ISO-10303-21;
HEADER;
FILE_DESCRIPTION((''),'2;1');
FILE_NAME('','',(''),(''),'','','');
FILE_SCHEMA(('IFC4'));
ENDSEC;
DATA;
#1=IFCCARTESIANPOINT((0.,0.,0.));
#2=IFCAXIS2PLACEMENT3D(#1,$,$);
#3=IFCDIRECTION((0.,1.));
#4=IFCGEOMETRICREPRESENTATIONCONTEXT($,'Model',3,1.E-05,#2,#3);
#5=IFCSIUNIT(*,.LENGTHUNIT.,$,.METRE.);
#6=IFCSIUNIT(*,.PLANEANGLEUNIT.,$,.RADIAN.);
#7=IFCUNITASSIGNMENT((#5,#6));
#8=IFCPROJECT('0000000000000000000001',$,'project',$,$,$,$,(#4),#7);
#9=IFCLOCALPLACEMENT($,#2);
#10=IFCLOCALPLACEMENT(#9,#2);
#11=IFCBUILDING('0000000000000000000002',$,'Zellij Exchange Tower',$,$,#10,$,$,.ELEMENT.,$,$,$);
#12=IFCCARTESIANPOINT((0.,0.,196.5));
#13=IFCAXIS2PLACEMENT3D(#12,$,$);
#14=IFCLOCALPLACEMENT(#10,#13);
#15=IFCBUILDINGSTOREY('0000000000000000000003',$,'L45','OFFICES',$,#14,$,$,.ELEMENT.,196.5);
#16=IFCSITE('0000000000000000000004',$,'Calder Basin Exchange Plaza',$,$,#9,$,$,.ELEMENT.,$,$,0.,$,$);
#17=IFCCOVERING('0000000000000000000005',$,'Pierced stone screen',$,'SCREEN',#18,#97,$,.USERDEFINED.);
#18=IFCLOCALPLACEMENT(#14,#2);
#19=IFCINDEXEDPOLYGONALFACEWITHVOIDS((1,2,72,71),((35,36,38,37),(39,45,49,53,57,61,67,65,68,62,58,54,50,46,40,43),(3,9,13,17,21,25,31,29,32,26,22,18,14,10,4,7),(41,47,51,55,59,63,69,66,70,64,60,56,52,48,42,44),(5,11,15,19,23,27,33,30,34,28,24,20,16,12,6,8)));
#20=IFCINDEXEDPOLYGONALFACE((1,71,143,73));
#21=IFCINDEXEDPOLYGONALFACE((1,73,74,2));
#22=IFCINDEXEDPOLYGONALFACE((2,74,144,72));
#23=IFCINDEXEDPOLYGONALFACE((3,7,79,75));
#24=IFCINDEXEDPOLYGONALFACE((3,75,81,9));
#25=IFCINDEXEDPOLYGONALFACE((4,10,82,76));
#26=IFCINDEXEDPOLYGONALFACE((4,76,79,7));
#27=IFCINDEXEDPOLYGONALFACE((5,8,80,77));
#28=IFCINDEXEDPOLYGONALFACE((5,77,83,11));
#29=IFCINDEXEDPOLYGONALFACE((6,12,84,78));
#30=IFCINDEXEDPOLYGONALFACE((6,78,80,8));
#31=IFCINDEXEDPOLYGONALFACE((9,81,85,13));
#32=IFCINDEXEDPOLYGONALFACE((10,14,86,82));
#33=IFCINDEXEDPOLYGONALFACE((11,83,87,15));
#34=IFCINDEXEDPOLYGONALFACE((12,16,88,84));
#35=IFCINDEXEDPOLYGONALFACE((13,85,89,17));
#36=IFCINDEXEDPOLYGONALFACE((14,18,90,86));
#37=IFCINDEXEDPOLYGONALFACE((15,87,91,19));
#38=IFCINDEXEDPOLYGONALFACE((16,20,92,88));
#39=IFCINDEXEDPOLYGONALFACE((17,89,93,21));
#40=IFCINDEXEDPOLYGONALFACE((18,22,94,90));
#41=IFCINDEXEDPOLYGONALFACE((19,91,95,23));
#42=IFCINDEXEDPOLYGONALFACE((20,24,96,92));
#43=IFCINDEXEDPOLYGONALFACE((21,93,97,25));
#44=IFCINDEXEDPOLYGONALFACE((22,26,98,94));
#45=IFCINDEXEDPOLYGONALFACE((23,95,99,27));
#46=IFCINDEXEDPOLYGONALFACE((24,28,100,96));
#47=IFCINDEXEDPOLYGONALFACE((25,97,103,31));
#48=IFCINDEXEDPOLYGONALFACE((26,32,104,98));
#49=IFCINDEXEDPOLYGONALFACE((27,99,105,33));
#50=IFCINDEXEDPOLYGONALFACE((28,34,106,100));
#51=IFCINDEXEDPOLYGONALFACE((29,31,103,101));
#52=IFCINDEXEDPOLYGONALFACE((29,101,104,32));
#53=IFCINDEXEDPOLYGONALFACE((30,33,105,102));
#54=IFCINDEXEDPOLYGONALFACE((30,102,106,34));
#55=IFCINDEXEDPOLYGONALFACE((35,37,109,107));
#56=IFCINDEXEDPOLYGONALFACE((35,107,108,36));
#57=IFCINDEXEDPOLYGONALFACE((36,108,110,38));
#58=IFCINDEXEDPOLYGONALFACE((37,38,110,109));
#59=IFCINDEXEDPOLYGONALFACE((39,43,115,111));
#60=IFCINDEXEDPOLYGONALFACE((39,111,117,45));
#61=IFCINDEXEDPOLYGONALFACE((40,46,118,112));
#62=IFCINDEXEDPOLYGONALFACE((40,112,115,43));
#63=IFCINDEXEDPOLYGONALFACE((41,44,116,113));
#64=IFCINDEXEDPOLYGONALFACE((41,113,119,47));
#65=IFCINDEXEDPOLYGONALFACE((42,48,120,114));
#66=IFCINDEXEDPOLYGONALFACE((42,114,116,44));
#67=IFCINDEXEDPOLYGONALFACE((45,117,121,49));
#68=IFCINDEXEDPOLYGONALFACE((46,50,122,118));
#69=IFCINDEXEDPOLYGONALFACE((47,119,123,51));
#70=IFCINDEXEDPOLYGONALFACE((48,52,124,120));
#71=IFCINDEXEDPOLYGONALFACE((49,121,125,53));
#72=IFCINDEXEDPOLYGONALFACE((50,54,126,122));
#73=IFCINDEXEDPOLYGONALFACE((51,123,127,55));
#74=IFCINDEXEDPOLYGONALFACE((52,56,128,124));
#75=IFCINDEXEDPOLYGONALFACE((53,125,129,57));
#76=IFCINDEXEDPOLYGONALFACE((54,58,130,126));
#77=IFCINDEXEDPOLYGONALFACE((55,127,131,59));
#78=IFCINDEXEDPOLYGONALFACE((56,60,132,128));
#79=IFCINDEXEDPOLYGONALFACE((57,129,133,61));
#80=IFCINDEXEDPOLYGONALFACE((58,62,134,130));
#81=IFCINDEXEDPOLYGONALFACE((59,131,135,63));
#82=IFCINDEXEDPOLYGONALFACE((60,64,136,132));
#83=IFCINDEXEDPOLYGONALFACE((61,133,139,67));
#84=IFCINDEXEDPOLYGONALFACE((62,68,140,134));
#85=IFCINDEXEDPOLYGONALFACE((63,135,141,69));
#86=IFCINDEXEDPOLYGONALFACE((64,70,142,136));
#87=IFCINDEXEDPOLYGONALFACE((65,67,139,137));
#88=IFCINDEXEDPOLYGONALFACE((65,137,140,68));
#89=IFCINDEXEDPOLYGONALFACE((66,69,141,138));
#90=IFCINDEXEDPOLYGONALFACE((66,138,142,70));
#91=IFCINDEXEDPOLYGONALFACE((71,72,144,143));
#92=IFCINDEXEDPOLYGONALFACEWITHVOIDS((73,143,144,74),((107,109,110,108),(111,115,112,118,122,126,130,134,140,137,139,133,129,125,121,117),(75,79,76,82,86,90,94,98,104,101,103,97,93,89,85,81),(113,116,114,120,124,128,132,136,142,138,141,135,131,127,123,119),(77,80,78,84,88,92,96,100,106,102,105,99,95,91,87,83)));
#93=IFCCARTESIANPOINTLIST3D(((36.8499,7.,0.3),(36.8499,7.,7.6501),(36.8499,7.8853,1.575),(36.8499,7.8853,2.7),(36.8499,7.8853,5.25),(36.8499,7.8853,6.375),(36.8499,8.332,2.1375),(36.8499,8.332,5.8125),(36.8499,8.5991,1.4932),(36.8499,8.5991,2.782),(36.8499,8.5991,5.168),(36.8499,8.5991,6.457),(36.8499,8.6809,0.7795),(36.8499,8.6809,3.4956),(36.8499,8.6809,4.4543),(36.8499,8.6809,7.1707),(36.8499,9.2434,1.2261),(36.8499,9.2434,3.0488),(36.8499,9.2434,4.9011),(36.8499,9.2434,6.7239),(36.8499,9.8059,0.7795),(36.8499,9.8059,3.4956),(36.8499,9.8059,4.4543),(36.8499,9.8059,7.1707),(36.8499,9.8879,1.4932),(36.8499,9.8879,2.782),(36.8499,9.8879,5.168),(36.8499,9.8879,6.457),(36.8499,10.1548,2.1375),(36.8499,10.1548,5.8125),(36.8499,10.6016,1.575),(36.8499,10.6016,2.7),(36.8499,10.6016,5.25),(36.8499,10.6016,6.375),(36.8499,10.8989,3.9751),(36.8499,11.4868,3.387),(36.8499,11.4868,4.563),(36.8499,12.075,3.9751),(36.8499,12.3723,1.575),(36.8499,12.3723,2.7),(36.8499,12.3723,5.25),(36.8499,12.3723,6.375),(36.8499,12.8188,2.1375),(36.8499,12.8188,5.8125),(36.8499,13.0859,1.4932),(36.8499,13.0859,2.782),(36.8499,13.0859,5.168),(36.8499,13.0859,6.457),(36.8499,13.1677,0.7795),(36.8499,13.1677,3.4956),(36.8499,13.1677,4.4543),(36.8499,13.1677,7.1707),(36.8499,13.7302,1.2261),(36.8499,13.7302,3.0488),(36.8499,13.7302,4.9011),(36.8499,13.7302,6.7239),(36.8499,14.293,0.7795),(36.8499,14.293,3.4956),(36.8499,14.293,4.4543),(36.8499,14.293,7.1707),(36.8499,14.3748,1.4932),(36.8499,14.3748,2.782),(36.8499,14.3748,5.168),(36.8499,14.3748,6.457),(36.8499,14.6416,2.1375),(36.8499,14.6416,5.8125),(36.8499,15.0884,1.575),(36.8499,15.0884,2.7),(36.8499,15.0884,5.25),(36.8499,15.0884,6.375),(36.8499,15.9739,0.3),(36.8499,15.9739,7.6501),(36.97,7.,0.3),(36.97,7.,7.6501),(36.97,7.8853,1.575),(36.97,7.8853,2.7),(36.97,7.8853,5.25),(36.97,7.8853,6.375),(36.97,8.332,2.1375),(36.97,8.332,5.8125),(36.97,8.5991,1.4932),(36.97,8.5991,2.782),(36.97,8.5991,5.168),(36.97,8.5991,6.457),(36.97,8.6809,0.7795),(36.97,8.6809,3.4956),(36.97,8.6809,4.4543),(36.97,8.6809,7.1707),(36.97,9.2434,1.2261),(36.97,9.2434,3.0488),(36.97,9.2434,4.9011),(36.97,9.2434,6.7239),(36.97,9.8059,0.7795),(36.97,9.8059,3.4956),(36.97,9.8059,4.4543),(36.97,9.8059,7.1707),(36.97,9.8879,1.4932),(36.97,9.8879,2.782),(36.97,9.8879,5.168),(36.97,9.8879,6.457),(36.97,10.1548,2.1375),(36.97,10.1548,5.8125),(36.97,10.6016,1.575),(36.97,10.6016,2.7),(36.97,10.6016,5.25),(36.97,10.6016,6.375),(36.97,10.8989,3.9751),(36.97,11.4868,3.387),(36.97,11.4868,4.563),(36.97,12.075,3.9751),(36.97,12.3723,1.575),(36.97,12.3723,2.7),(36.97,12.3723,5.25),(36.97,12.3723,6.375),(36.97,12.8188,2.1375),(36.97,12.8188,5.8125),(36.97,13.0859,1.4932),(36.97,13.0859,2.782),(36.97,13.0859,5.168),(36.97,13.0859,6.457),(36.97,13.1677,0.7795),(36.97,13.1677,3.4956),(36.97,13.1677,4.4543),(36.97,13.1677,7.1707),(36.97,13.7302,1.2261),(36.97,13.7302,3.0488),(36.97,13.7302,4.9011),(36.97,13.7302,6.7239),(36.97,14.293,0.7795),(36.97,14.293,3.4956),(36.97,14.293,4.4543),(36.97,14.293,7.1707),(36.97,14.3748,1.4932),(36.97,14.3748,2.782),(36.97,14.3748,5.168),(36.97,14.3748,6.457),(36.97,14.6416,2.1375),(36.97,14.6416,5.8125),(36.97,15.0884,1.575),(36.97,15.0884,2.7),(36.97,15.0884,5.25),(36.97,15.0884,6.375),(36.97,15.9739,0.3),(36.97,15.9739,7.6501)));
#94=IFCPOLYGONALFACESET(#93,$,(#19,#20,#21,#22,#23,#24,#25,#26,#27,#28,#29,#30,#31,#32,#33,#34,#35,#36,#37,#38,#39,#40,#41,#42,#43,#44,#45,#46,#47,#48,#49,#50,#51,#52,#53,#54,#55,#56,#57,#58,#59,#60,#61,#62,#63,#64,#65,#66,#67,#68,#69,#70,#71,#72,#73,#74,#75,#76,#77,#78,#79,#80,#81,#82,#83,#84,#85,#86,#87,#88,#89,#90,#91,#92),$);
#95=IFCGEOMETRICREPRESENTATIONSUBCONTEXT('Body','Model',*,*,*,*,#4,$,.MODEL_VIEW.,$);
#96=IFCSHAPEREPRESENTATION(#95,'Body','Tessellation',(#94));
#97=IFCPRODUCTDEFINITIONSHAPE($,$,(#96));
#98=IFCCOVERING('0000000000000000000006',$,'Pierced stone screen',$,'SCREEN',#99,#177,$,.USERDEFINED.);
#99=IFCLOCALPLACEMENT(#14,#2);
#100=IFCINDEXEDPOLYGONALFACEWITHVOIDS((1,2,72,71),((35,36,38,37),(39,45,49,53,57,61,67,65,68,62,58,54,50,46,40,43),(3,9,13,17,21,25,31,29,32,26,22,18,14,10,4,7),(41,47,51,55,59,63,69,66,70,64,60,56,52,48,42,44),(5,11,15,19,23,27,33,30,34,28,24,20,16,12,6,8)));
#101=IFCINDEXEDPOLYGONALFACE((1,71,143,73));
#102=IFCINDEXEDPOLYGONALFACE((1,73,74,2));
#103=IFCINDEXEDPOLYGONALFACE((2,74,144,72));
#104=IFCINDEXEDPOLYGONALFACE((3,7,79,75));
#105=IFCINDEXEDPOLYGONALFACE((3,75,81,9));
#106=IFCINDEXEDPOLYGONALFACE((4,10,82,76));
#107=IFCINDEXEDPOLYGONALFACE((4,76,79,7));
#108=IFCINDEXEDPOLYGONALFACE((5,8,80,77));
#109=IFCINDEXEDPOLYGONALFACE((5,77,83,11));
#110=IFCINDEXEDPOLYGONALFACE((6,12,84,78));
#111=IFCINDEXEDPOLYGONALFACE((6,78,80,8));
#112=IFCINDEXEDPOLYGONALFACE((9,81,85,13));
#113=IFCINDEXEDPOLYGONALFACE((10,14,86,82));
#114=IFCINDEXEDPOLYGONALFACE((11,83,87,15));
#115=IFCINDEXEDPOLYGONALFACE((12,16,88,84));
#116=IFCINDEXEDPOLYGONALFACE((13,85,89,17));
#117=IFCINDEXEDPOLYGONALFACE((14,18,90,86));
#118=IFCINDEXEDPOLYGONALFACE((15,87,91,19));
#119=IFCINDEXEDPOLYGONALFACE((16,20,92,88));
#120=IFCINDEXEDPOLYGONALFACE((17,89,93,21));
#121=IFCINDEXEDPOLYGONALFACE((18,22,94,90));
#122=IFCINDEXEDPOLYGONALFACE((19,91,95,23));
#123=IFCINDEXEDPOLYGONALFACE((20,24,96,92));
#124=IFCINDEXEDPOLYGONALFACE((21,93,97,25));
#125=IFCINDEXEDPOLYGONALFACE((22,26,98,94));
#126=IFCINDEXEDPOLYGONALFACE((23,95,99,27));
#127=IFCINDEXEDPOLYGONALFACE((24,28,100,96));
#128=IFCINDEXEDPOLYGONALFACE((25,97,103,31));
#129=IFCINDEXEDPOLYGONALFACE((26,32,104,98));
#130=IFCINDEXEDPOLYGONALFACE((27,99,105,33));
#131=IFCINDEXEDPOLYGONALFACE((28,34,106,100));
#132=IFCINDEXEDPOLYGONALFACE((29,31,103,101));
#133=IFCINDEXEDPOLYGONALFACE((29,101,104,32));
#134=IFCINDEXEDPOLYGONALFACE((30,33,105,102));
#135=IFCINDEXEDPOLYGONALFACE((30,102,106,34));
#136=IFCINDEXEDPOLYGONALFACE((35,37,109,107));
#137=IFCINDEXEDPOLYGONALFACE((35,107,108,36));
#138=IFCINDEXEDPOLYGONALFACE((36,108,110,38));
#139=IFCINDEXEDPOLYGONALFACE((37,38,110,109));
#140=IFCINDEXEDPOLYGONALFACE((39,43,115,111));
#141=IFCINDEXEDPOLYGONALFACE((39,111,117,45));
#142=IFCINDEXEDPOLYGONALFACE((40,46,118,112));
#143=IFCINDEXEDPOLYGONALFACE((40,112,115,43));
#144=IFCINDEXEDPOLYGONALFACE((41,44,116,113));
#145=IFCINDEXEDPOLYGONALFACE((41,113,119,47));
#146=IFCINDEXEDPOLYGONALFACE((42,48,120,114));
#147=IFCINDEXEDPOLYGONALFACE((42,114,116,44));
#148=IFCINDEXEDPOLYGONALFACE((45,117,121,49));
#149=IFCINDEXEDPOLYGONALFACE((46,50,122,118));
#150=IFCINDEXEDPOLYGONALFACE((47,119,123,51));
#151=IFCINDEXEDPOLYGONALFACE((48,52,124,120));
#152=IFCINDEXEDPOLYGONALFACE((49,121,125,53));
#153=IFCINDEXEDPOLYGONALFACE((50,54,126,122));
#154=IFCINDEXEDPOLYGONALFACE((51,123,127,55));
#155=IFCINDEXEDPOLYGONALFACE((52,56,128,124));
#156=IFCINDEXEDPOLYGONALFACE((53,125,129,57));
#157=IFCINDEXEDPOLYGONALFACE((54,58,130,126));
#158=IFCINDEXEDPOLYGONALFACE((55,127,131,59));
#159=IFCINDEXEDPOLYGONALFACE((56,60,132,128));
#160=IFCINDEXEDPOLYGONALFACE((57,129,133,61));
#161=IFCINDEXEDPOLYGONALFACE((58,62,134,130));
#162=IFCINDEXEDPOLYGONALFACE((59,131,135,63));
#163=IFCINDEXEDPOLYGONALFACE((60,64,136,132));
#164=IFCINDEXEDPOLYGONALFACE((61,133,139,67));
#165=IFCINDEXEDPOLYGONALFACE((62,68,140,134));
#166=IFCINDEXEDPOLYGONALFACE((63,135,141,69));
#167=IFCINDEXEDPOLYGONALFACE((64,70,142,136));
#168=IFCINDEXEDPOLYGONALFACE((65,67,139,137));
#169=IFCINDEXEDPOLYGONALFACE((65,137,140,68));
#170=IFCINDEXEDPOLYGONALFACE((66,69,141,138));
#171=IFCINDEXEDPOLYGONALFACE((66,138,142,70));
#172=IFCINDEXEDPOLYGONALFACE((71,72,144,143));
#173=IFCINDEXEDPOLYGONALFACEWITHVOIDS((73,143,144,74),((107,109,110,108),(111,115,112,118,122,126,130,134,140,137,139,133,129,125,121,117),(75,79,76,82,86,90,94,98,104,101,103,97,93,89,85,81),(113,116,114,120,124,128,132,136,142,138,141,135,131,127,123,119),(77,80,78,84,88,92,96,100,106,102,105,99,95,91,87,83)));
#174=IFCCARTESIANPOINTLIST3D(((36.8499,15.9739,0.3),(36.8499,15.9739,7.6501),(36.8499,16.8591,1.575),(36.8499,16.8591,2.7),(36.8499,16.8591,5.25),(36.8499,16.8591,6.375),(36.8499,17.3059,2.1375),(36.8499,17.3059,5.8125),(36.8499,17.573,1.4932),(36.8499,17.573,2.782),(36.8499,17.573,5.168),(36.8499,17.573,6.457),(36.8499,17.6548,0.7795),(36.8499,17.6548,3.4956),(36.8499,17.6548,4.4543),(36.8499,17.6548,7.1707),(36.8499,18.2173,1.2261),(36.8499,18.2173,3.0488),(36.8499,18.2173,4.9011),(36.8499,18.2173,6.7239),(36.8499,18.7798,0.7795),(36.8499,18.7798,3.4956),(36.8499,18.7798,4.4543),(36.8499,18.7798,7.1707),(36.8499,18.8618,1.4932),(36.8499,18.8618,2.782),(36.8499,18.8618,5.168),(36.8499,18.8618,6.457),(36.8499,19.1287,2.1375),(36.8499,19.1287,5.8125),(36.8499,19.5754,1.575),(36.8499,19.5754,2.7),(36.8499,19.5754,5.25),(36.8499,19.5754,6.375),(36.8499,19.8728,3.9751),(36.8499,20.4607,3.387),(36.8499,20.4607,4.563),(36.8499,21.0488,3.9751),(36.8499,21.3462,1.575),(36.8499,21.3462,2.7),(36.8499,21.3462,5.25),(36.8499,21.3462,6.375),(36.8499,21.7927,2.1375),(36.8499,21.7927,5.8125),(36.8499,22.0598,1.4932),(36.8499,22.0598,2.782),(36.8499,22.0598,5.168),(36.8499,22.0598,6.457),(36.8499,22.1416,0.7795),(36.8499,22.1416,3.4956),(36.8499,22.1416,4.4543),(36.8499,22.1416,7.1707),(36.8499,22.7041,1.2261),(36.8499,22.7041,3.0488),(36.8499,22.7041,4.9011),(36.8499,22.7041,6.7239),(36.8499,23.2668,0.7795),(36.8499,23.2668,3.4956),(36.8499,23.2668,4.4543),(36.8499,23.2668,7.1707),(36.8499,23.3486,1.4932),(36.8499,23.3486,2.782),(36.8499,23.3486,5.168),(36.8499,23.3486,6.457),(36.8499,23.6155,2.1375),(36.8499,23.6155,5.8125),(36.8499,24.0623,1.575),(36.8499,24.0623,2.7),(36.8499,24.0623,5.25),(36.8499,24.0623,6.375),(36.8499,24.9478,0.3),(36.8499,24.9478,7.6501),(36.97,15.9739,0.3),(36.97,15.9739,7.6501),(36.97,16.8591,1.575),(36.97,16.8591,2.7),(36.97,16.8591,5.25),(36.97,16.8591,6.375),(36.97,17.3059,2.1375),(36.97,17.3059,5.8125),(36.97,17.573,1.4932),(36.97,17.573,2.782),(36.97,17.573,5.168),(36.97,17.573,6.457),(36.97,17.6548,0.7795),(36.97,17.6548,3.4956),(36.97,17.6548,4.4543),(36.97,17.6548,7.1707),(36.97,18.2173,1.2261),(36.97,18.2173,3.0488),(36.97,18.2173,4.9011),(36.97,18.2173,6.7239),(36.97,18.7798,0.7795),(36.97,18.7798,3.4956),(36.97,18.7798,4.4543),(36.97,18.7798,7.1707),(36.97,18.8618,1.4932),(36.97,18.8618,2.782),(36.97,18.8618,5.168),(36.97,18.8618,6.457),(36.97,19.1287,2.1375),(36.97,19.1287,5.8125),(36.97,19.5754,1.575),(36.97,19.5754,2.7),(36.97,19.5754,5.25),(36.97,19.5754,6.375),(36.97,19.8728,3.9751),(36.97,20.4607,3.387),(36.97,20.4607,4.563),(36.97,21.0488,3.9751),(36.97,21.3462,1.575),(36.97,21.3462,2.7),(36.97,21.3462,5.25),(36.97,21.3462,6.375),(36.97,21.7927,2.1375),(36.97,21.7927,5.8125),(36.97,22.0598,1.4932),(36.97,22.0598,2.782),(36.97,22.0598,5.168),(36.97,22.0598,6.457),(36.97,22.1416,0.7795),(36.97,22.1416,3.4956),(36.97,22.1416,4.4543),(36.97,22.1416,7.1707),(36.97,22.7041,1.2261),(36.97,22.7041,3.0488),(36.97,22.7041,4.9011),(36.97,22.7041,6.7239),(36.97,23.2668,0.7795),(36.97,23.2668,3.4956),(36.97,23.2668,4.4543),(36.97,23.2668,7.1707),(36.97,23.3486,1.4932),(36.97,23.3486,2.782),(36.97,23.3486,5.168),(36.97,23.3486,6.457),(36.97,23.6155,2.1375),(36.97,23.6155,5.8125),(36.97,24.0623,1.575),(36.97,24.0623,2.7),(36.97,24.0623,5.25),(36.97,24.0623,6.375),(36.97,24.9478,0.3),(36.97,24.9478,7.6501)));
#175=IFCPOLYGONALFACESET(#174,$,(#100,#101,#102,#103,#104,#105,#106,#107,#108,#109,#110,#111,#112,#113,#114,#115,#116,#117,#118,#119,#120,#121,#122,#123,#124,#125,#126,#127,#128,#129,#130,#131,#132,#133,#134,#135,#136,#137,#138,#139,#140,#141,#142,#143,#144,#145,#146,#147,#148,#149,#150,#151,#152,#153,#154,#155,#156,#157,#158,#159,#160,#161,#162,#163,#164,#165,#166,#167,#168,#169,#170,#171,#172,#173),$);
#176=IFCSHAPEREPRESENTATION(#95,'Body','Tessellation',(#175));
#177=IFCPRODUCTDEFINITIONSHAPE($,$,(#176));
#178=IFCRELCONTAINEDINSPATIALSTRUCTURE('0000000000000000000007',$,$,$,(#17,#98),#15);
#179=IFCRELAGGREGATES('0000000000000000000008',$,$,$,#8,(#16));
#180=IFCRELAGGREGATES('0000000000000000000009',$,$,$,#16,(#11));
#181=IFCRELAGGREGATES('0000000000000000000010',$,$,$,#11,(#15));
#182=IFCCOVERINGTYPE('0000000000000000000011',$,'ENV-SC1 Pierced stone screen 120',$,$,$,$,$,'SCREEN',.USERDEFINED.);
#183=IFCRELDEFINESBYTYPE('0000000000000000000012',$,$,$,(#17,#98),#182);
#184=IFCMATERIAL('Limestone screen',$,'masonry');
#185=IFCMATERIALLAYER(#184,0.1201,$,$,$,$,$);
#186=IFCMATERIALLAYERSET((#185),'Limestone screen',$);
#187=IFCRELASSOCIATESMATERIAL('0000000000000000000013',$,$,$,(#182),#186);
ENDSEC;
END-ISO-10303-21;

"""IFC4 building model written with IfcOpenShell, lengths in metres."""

from ifc_helpers import new_model, si_unit, direction, frame, origin, place, context, subcontext, project, spatial, polyline, outline, extrude, material, layer, layer_set, type_object, element, save


model = new_model("IFC4")

# Units and contexts
model_context = context("Model", 3, precision=1e-05, world=origin(), true_north=direction((0.0, 1.0)))
body_context = subcontext(model_context, "Body", "Model", "MODEL_VIEW")
ifc_project = project(units=[si_unit("LENGTHUNIT", "METRE"), si_unit("PLANEANGLEUNIT", "RADIAN")], contexts=[model_context])

# Site, building, storey
site_placement = place(None, origin())
site = spatial("IfcSite", under=ifc_project, at=site_placement, Name="Calder Basin Exchange Plaza", CompositionType="ELEMENT", RefElevation=0.0)
building_placement = place(site_placement, origin())
building = spatial("IfcBuilding", under=site, at=building_placement, Name="Zellij Exchange Tower", CompositionType="ELEMENT")
storey_placement = place(building_placement, frame((0.0, 0.0, 196.5)))
storey = spatial("IfcBuildingStorey", under=building, at=storey_placement, Name="L45", Description="OFFICES", CompositionType="ELEMENT", Elevation=196.5)

# Coverings
ifc_material_1 = material(Name="Limestone screen", Category="masonry")
ifc_layer_1 = layer(ifc_material_1, 0.1201)
ifc_layer_set_1 = layer_set([ifc_layer_1], Name="Limestone screen")
covering_type = type_object("IfcCoveringType", Name="ENV-SC1 Pierced stone screen 120", ElementType="SCREEN", PredefinedType="USERDEFINED", material=ifc_layer_set_1)
covering_1_placement = place(storey_placement, frame((36.9099, 7.0, 0.3), z_axis=(0.0, 0.0, 1.0), x_axis=(0.0, 1.0, 0.0)))
element("IfcCovering", 1, at=covering_1_placement, inside=storey, type_object=covering_type, Name="Pierced stone screen", ObjectType="SCREEN", PredefinedType="USERDEFINED", context=body_context, shape_type="SweptSolid", body=[
    extrude(outline(polyline([(0.0, 0.0), (8.9739, 0.0), (8.9739, 7.3501), (0.0, 7.3501), (0.0, 0.0)]), holes=[polyline([(3.6016, 2.3999), (2.8879, 2.4819), (2.8059, 3.1956), (2.2434, 2.7488), (1.6809, 3.1956), (1.5991, 2.4819), (0.8853, 2.3999), (1.332, 1.8374), (0.8853, 1.2749), (1.5991, 1.1931), (1.6809, 0.4795), (2.2434, 0.926), (2.8059, 0.4795), (2.8879, 1.1931), (3.6016, 1.2749), (3.1548, 1.8374), (3.6016, 2.3999)]), polyline([(3.6016, 6.075), (2.8879, 6.157), (2.8059, 6.8706), (2.2434, 6.4238), (1.6809, 6.8706), (1.5991, 6.157), (0.8853, 6.075), (1.332, 5.5125), (0.8853, 4.95), (1.5991, 4.8679), (1.6809, 4.1543), (2.2434, 4.6011), (2.8059, 4.1543), (2.8879, 4.8679), (3.6016, 4.95), (3.1548, 5.5125), (3.6016, 6.075)]), polyline([(8.0884, 2.3999), (7.3748, 2.4819), (7.293, 3.1956), (6.7302, 2.7488), (6.1677, 3.1956), (6.0859, 2.4819), (5.3723, 2.3999), (5.8188, 1.8374), (5.3723, 1.2749), (6.0859, 1.1931), (6.1677, 0.4795), (6.7302, 0.926), (7.293, 0.4795), (7.3748, 1.1931), (8.0884, 1.2749), (7.6416, 1.8374), (8.0884, 2.3999)]), polyline([(8.0884, 6.075), (7.3748, 6.157), (7.293, 6.8706), (6.7302, 6.4238), (6.1677, 6.8706), (6.0859, 6.157), (5.3723, 6.075), (5.8188, 5.5125), (5.3723, 4.95), (6.0859, 4.8679), (6.1677, 4.1543), (6.7302, 4.6011), (7.293, 4.1543), (7.3748, 4.8679), (8.0884, 4.95), (7.6416, 5.5125), (8.0884, 6.075)]), polyline([(5.075, 3.675), (4.4868, 4.2629), (3.8989, 3.675), (4.4868, 3.0869), (5.075, 3.675)])]), frame((0.0, 0.0601, 0.0), z_axis=(0.0, -1.0, 0.0), x_axis=(1.0, 0.0, 0.0)), (0.0, 0.0, 1.0), 0.1201),
])
covering_2_placement = place(storey_placement, frame((36.9099, 15.9739, 0.3), z_axis=(0.0, 0.0, 1.0), x_axis=(0.0, 1.0, 0.0)))
element("IfcCovering", 2, at=covering_2_placement, inside=storey, type_object=covering_type, Name="Pierced stone screen", ObjectType="SCREEN", PredefinedType="USERDEFINED", context=body_context, shape_type="SweptSolid", body=[
    extrude(outline(polyline([(0.0, 0.0), (8.9739, 0.0), (8.9739, 7.3501), (0.0, 7.3501), (0.0, 0.0)]), holes=[polyline([(3.6016, 2.3999), (2.8879, 2.4819), (2.8059, 3.1956), (2.2434, 2.7488), (1.6809, 3.1956), (1.5991, 2.4819), (0.8853, 2.3999), (1.332, 1.8374), (0.8853, 1.2749), (1.5991, 1.1931), (1.6809, 0.4795), (2.2434, 0.926), (2.8059, 0.4795), (2.8879, 1.1931), (3.6016, 1.2749), (3.1548, 1.8374), (3.6016, 2.3999)]), polyline([(3.6016, 6.075), (2.8879, 6.157), (2.8059, 6.8706), (2.2434, 6.4238), (1.6809, 6.8706), (1.5991, 6.157), (0.8853, 6.075), (1.332, 5.5125), (0.8853, 4.95), (1.5991, 4.8679), (1.6809, 4.1543), (2.2434, 4.6011), (2.8059, 4.1543), (2.8879, 4.8679), (3.6016, 4.95), (3.1548, 5.5125), (3.6016, 6.075)]), polyline([(8.0884, 2.3999), (7.3748, 2.4819), (7.293, 3.1956), (6.7302, 2.7488), (6.1677, 3.1956), (6.0859, 2.4819), (5.3723, 2.3999), (5.8188, 1.8374), (5.3723, 1.2749), (6.0859, 1.1931), (6.1677, 0.4795), (6.7302, 0.926), (7.293, 0.4795), (7.3748, 1.1931), (8.0884, 1.2749), (7.6416, 1.8374), (8.0884, 2.3999)]), polyline([(8.0884, 6.075), (7.3748, 6.157), (7.293, 6.8706), (6.7302, 6.4238), (6.1677, 6.8706), (6.0859, 6.157), (5.3723, 6.075), (5.8188, 5.5125), (5.3723, 4.95), (6.0859, 4.8679), (6.1677, 4.1543), (6.7302, 4.6011), (7.293, 4.1543), (7.3748, 4.8679), (8.0884, 4.95), (7.6416, 5.5125), (8.0884, 6.075)]), polyline([(5.075, 3.675), (4.4868, 4.2629), (3.8989, 3.675), (4.4868, 3.0869), (5.075, 3.675)])]), frame((0.0, 0.0601, 0.0), z_axis=(0.0, -1.0, 0.0), x_axis=(1.0, 0.0, 0.0)), (0.0, 0.0, 1.0), 0.1201),
])

save(model, "model.ifc")
